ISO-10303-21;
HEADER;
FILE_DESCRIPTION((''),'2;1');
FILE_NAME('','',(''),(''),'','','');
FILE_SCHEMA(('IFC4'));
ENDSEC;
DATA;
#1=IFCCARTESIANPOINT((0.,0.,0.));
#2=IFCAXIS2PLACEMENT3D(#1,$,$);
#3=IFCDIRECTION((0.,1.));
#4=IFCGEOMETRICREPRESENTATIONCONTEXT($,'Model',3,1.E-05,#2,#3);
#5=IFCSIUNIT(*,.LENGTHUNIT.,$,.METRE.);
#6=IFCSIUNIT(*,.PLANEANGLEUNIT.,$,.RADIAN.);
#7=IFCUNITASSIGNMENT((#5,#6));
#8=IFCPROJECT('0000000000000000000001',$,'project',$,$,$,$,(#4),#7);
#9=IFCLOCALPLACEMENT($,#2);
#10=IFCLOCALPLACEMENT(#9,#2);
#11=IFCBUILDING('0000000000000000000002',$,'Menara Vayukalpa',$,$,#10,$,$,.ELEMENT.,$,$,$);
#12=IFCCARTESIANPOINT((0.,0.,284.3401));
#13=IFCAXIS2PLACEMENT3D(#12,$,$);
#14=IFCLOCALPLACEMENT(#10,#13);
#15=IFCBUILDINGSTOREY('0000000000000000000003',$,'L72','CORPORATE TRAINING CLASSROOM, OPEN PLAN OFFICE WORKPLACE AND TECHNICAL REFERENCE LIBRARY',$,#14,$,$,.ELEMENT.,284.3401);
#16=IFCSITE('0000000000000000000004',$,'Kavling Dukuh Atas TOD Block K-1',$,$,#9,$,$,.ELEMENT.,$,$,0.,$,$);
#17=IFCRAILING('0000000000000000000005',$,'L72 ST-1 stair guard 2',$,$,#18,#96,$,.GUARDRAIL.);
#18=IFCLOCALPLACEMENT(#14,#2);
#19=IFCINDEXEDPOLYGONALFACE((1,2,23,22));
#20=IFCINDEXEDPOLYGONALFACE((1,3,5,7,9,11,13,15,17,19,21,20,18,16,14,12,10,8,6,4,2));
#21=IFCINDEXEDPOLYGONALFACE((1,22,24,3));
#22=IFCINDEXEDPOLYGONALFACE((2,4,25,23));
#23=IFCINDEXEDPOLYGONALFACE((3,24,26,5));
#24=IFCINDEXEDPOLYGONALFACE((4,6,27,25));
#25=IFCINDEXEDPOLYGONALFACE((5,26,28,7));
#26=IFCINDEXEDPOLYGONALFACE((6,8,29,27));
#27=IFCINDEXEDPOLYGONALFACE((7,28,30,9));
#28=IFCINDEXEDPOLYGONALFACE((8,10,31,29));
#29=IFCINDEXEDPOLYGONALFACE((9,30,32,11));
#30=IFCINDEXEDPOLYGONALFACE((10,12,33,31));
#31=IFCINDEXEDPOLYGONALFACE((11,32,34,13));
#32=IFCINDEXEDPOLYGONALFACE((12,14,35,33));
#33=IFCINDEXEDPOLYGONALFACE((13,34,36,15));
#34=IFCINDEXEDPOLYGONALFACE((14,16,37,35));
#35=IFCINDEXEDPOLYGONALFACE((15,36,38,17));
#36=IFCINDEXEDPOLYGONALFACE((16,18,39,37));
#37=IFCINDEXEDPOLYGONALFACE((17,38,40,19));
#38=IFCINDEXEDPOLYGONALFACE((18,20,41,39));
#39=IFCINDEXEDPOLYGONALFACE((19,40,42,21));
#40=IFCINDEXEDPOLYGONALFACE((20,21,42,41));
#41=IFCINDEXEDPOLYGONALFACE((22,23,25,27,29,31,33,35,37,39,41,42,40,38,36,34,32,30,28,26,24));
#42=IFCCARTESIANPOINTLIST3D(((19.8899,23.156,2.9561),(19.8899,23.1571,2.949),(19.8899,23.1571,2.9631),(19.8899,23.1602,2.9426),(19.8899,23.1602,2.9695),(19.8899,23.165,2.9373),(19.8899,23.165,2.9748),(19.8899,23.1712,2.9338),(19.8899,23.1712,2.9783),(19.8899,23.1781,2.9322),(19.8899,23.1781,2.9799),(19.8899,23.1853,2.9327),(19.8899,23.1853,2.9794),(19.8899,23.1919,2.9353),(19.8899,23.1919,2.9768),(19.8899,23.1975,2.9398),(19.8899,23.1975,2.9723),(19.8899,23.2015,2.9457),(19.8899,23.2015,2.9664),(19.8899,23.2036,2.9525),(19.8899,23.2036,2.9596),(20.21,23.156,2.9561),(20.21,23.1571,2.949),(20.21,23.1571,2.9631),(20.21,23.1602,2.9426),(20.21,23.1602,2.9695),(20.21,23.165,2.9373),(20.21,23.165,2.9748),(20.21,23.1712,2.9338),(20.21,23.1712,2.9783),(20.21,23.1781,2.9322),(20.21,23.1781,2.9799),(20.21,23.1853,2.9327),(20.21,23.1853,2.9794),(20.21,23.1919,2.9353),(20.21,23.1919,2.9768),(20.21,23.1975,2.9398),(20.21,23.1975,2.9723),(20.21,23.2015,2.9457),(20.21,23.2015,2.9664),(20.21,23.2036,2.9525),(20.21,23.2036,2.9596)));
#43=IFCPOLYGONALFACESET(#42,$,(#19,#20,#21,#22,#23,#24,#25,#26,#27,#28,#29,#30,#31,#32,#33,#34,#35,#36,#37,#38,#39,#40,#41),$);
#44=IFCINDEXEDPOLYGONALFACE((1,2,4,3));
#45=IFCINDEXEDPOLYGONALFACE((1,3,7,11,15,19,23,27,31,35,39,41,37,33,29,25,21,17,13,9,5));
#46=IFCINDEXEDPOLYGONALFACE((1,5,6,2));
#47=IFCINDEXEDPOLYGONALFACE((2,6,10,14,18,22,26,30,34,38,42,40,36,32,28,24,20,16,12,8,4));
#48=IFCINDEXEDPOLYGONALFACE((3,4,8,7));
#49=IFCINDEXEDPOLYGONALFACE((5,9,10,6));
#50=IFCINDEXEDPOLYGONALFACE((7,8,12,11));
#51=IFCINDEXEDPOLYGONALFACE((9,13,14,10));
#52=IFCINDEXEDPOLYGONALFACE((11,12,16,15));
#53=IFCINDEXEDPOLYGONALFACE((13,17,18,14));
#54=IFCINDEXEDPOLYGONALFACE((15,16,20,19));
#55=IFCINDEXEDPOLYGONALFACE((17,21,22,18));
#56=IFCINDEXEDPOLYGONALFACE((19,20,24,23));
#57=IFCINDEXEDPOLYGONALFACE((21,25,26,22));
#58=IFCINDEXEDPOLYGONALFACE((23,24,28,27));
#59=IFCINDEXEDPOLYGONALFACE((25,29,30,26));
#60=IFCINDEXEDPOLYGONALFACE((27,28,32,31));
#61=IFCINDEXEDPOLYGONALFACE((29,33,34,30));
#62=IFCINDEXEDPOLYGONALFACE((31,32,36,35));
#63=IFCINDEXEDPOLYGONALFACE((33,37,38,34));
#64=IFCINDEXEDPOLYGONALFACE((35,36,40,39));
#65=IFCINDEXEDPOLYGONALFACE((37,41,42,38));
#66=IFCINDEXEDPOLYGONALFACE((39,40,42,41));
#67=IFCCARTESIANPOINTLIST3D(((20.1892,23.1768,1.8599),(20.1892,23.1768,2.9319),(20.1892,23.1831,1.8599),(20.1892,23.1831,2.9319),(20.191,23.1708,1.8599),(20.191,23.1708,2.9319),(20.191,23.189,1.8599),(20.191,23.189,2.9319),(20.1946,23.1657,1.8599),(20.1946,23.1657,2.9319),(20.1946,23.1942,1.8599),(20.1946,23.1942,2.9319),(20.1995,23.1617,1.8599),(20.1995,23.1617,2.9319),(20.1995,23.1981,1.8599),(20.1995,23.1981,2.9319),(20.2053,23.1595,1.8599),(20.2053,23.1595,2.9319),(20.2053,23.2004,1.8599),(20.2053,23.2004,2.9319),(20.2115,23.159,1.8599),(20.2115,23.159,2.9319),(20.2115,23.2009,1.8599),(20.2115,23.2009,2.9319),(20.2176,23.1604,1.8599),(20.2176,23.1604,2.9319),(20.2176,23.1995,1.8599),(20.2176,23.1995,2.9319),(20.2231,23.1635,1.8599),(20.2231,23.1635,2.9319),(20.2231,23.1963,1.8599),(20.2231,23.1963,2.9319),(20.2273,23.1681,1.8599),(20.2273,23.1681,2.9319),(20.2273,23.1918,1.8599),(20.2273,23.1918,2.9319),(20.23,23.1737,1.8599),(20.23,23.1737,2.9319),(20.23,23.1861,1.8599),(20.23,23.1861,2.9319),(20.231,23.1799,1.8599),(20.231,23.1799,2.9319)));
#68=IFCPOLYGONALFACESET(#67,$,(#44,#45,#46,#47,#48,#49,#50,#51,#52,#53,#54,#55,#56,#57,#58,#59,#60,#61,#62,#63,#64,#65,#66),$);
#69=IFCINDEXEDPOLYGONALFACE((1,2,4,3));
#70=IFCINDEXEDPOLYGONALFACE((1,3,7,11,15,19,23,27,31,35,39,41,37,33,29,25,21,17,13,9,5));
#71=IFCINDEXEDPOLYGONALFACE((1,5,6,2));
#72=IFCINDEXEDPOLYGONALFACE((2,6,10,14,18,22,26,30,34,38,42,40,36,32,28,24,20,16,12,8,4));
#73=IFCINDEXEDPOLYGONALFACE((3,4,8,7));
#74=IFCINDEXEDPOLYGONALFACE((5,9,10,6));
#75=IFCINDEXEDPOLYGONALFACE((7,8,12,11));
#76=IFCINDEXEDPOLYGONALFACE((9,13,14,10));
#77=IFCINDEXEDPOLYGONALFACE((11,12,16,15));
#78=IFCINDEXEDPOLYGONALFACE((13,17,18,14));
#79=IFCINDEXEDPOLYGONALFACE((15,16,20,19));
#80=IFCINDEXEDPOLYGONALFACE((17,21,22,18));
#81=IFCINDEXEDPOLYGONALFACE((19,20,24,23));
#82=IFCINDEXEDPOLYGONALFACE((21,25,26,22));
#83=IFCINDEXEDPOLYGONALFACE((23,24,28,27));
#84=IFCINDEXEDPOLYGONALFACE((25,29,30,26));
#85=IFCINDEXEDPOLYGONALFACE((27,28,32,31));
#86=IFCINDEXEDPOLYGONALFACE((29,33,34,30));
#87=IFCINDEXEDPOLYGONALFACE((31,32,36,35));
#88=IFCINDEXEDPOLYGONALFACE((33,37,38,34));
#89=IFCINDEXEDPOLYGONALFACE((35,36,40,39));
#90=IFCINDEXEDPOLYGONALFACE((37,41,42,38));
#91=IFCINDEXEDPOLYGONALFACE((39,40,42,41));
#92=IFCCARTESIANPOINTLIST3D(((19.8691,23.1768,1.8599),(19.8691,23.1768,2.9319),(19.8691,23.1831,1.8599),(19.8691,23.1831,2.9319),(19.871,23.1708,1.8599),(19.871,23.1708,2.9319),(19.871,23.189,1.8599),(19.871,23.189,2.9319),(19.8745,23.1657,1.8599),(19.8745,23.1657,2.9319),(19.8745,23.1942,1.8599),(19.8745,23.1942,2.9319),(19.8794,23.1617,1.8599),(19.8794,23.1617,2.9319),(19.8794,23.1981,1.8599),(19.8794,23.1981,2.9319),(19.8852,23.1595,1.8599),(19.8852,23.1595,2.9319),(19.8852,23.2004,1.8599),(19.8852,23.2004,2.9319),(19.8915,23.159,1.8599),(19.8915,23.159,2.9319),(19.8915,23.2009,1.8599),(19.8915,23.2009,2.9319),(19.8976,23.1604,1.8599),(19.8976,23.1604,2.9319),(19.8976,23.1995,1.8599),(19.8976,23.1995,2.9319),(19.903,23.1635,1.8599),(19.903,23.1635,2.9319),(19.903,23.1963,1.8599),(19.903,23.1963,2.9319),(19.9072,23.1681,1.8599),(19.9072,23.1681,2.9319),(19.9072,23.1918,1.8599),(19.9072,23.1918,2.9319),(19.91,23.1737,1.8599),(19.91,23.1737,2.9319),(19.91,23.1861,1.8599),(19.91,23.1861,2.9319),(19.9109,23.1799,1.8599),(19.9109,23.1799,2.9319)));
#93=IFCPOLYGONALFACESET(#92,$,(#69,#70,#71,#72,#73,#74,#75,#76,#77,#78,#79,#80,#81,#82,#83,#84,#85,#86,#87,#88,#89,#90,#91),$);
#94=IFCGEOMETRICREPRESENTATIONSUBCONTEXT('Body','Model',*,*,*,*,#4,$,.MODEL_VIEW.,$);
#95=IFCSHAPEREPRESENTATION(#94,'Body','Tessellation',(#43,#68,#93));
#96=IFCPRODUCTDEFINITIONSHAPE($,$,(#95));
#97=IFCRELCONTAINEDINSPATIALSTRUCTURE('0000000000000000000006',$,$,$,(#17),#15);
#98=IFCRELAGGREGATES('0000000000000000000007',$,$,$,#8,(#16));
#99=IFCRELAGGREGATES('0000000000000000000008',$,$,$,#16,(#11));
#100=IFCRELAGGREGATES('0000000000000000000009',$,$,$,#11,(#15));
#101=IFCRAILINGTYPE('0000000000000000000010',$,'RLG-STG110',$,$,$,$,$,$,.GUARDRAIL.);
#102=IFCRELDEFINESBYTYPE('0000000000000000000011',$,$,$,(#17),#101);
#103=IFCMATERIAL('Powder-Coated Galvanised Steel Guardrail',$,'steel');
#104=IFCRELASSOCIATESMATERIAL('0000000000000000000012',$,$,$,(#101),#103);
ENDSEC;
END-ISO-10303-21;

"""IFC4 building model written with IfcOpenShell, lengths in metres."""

from ifc_helpers import new_model, si_unit, direction, frame, origin, origin_2d, place, context, subcontext, project, spatial, circle, extrude, material, type_object, element, save


model = new_model("IFC4")

# Units and contexts
model_context = context("Model", 3, precision=1e-05, world=origin(), true_north=direction((0.0, 1.0)))
body_context = subcontext(model_context, "Body", "Model", "MODEL_VIEW")
ifc_project = project(units=[si_unit("LENGTHUNIT", "METRE"), si_unit("PLANEANGLEUNIT", "RADIAN")], contexts=[model_context])

# Site, building, storey
site_placement = place(None, origin())
site = spatial("IfcSite", under=ifc_project, at=site_placement, Name="Kavling Dukuh Atas TOD Block K-1", CompositionType="ELEMENT", RefElevation=0.0)
building_placement = place(site_placement, origin())
building = spatial("IfcBuilding", under=site, at=building_placement, Name="Menara Vayukalpa", CompositionType="ELEMENT")
storey_placement = place(building_placement, frame((0.0, 0.0, 284.3401)))
storey = spatial("IfcBuildingStorey", under=building, at=storey_placement, Name="L72", Description="CORPORATE TRAINING CLASSROOM, OPEN PLAN OFFICE WORKPLACE AND TECHNICAL REFERENCE LIBRARY", CompositionType="ELEMENT", Elevation=284.3401)

# Railing
ifc_material_1 = material(Name="Powder-Coated Galvanised Steel Guardrail", Category="steel")
railing_type_1 = type_object("IfcRailingType", Name="RLG-STG110", PredefinedType="GUARDRAIL", material=ifc_material_1)
railing_1_placement = place(storey_placement, frame((20.21, 23.1799, 1.8599)))
element("IfcRailing", 1, at=railing_1_placement, inside=storey, type_object=railing_type_1, Name="L72 ST-1 stair guard 2", PredefinedType="GUARDRAIL", context=body_context, shape_type="SweptSolid", body=[
    extrude(circle(Radius=0.0239, at=origin_2d()), frame((0.0, 0.0, 1.0962), z_axis=(-1.0, 0.0, 0.0), x_axis=(0.0, -1.0, 0.0)), (0.0, 0.0, 1.0), 0.3201),
    extrude(circle(Radius=0.021, at=origin_2d()), origin(), (0.0, 0.0, 1.0), 1.072),
    extrude(circle(Radius=0.021, at=origin_2d()), frame((-0.3201, 0.0, 0.0)), (0.0, 0.0, 1.0), 1.072),
])

save(model, "model.ifc")
